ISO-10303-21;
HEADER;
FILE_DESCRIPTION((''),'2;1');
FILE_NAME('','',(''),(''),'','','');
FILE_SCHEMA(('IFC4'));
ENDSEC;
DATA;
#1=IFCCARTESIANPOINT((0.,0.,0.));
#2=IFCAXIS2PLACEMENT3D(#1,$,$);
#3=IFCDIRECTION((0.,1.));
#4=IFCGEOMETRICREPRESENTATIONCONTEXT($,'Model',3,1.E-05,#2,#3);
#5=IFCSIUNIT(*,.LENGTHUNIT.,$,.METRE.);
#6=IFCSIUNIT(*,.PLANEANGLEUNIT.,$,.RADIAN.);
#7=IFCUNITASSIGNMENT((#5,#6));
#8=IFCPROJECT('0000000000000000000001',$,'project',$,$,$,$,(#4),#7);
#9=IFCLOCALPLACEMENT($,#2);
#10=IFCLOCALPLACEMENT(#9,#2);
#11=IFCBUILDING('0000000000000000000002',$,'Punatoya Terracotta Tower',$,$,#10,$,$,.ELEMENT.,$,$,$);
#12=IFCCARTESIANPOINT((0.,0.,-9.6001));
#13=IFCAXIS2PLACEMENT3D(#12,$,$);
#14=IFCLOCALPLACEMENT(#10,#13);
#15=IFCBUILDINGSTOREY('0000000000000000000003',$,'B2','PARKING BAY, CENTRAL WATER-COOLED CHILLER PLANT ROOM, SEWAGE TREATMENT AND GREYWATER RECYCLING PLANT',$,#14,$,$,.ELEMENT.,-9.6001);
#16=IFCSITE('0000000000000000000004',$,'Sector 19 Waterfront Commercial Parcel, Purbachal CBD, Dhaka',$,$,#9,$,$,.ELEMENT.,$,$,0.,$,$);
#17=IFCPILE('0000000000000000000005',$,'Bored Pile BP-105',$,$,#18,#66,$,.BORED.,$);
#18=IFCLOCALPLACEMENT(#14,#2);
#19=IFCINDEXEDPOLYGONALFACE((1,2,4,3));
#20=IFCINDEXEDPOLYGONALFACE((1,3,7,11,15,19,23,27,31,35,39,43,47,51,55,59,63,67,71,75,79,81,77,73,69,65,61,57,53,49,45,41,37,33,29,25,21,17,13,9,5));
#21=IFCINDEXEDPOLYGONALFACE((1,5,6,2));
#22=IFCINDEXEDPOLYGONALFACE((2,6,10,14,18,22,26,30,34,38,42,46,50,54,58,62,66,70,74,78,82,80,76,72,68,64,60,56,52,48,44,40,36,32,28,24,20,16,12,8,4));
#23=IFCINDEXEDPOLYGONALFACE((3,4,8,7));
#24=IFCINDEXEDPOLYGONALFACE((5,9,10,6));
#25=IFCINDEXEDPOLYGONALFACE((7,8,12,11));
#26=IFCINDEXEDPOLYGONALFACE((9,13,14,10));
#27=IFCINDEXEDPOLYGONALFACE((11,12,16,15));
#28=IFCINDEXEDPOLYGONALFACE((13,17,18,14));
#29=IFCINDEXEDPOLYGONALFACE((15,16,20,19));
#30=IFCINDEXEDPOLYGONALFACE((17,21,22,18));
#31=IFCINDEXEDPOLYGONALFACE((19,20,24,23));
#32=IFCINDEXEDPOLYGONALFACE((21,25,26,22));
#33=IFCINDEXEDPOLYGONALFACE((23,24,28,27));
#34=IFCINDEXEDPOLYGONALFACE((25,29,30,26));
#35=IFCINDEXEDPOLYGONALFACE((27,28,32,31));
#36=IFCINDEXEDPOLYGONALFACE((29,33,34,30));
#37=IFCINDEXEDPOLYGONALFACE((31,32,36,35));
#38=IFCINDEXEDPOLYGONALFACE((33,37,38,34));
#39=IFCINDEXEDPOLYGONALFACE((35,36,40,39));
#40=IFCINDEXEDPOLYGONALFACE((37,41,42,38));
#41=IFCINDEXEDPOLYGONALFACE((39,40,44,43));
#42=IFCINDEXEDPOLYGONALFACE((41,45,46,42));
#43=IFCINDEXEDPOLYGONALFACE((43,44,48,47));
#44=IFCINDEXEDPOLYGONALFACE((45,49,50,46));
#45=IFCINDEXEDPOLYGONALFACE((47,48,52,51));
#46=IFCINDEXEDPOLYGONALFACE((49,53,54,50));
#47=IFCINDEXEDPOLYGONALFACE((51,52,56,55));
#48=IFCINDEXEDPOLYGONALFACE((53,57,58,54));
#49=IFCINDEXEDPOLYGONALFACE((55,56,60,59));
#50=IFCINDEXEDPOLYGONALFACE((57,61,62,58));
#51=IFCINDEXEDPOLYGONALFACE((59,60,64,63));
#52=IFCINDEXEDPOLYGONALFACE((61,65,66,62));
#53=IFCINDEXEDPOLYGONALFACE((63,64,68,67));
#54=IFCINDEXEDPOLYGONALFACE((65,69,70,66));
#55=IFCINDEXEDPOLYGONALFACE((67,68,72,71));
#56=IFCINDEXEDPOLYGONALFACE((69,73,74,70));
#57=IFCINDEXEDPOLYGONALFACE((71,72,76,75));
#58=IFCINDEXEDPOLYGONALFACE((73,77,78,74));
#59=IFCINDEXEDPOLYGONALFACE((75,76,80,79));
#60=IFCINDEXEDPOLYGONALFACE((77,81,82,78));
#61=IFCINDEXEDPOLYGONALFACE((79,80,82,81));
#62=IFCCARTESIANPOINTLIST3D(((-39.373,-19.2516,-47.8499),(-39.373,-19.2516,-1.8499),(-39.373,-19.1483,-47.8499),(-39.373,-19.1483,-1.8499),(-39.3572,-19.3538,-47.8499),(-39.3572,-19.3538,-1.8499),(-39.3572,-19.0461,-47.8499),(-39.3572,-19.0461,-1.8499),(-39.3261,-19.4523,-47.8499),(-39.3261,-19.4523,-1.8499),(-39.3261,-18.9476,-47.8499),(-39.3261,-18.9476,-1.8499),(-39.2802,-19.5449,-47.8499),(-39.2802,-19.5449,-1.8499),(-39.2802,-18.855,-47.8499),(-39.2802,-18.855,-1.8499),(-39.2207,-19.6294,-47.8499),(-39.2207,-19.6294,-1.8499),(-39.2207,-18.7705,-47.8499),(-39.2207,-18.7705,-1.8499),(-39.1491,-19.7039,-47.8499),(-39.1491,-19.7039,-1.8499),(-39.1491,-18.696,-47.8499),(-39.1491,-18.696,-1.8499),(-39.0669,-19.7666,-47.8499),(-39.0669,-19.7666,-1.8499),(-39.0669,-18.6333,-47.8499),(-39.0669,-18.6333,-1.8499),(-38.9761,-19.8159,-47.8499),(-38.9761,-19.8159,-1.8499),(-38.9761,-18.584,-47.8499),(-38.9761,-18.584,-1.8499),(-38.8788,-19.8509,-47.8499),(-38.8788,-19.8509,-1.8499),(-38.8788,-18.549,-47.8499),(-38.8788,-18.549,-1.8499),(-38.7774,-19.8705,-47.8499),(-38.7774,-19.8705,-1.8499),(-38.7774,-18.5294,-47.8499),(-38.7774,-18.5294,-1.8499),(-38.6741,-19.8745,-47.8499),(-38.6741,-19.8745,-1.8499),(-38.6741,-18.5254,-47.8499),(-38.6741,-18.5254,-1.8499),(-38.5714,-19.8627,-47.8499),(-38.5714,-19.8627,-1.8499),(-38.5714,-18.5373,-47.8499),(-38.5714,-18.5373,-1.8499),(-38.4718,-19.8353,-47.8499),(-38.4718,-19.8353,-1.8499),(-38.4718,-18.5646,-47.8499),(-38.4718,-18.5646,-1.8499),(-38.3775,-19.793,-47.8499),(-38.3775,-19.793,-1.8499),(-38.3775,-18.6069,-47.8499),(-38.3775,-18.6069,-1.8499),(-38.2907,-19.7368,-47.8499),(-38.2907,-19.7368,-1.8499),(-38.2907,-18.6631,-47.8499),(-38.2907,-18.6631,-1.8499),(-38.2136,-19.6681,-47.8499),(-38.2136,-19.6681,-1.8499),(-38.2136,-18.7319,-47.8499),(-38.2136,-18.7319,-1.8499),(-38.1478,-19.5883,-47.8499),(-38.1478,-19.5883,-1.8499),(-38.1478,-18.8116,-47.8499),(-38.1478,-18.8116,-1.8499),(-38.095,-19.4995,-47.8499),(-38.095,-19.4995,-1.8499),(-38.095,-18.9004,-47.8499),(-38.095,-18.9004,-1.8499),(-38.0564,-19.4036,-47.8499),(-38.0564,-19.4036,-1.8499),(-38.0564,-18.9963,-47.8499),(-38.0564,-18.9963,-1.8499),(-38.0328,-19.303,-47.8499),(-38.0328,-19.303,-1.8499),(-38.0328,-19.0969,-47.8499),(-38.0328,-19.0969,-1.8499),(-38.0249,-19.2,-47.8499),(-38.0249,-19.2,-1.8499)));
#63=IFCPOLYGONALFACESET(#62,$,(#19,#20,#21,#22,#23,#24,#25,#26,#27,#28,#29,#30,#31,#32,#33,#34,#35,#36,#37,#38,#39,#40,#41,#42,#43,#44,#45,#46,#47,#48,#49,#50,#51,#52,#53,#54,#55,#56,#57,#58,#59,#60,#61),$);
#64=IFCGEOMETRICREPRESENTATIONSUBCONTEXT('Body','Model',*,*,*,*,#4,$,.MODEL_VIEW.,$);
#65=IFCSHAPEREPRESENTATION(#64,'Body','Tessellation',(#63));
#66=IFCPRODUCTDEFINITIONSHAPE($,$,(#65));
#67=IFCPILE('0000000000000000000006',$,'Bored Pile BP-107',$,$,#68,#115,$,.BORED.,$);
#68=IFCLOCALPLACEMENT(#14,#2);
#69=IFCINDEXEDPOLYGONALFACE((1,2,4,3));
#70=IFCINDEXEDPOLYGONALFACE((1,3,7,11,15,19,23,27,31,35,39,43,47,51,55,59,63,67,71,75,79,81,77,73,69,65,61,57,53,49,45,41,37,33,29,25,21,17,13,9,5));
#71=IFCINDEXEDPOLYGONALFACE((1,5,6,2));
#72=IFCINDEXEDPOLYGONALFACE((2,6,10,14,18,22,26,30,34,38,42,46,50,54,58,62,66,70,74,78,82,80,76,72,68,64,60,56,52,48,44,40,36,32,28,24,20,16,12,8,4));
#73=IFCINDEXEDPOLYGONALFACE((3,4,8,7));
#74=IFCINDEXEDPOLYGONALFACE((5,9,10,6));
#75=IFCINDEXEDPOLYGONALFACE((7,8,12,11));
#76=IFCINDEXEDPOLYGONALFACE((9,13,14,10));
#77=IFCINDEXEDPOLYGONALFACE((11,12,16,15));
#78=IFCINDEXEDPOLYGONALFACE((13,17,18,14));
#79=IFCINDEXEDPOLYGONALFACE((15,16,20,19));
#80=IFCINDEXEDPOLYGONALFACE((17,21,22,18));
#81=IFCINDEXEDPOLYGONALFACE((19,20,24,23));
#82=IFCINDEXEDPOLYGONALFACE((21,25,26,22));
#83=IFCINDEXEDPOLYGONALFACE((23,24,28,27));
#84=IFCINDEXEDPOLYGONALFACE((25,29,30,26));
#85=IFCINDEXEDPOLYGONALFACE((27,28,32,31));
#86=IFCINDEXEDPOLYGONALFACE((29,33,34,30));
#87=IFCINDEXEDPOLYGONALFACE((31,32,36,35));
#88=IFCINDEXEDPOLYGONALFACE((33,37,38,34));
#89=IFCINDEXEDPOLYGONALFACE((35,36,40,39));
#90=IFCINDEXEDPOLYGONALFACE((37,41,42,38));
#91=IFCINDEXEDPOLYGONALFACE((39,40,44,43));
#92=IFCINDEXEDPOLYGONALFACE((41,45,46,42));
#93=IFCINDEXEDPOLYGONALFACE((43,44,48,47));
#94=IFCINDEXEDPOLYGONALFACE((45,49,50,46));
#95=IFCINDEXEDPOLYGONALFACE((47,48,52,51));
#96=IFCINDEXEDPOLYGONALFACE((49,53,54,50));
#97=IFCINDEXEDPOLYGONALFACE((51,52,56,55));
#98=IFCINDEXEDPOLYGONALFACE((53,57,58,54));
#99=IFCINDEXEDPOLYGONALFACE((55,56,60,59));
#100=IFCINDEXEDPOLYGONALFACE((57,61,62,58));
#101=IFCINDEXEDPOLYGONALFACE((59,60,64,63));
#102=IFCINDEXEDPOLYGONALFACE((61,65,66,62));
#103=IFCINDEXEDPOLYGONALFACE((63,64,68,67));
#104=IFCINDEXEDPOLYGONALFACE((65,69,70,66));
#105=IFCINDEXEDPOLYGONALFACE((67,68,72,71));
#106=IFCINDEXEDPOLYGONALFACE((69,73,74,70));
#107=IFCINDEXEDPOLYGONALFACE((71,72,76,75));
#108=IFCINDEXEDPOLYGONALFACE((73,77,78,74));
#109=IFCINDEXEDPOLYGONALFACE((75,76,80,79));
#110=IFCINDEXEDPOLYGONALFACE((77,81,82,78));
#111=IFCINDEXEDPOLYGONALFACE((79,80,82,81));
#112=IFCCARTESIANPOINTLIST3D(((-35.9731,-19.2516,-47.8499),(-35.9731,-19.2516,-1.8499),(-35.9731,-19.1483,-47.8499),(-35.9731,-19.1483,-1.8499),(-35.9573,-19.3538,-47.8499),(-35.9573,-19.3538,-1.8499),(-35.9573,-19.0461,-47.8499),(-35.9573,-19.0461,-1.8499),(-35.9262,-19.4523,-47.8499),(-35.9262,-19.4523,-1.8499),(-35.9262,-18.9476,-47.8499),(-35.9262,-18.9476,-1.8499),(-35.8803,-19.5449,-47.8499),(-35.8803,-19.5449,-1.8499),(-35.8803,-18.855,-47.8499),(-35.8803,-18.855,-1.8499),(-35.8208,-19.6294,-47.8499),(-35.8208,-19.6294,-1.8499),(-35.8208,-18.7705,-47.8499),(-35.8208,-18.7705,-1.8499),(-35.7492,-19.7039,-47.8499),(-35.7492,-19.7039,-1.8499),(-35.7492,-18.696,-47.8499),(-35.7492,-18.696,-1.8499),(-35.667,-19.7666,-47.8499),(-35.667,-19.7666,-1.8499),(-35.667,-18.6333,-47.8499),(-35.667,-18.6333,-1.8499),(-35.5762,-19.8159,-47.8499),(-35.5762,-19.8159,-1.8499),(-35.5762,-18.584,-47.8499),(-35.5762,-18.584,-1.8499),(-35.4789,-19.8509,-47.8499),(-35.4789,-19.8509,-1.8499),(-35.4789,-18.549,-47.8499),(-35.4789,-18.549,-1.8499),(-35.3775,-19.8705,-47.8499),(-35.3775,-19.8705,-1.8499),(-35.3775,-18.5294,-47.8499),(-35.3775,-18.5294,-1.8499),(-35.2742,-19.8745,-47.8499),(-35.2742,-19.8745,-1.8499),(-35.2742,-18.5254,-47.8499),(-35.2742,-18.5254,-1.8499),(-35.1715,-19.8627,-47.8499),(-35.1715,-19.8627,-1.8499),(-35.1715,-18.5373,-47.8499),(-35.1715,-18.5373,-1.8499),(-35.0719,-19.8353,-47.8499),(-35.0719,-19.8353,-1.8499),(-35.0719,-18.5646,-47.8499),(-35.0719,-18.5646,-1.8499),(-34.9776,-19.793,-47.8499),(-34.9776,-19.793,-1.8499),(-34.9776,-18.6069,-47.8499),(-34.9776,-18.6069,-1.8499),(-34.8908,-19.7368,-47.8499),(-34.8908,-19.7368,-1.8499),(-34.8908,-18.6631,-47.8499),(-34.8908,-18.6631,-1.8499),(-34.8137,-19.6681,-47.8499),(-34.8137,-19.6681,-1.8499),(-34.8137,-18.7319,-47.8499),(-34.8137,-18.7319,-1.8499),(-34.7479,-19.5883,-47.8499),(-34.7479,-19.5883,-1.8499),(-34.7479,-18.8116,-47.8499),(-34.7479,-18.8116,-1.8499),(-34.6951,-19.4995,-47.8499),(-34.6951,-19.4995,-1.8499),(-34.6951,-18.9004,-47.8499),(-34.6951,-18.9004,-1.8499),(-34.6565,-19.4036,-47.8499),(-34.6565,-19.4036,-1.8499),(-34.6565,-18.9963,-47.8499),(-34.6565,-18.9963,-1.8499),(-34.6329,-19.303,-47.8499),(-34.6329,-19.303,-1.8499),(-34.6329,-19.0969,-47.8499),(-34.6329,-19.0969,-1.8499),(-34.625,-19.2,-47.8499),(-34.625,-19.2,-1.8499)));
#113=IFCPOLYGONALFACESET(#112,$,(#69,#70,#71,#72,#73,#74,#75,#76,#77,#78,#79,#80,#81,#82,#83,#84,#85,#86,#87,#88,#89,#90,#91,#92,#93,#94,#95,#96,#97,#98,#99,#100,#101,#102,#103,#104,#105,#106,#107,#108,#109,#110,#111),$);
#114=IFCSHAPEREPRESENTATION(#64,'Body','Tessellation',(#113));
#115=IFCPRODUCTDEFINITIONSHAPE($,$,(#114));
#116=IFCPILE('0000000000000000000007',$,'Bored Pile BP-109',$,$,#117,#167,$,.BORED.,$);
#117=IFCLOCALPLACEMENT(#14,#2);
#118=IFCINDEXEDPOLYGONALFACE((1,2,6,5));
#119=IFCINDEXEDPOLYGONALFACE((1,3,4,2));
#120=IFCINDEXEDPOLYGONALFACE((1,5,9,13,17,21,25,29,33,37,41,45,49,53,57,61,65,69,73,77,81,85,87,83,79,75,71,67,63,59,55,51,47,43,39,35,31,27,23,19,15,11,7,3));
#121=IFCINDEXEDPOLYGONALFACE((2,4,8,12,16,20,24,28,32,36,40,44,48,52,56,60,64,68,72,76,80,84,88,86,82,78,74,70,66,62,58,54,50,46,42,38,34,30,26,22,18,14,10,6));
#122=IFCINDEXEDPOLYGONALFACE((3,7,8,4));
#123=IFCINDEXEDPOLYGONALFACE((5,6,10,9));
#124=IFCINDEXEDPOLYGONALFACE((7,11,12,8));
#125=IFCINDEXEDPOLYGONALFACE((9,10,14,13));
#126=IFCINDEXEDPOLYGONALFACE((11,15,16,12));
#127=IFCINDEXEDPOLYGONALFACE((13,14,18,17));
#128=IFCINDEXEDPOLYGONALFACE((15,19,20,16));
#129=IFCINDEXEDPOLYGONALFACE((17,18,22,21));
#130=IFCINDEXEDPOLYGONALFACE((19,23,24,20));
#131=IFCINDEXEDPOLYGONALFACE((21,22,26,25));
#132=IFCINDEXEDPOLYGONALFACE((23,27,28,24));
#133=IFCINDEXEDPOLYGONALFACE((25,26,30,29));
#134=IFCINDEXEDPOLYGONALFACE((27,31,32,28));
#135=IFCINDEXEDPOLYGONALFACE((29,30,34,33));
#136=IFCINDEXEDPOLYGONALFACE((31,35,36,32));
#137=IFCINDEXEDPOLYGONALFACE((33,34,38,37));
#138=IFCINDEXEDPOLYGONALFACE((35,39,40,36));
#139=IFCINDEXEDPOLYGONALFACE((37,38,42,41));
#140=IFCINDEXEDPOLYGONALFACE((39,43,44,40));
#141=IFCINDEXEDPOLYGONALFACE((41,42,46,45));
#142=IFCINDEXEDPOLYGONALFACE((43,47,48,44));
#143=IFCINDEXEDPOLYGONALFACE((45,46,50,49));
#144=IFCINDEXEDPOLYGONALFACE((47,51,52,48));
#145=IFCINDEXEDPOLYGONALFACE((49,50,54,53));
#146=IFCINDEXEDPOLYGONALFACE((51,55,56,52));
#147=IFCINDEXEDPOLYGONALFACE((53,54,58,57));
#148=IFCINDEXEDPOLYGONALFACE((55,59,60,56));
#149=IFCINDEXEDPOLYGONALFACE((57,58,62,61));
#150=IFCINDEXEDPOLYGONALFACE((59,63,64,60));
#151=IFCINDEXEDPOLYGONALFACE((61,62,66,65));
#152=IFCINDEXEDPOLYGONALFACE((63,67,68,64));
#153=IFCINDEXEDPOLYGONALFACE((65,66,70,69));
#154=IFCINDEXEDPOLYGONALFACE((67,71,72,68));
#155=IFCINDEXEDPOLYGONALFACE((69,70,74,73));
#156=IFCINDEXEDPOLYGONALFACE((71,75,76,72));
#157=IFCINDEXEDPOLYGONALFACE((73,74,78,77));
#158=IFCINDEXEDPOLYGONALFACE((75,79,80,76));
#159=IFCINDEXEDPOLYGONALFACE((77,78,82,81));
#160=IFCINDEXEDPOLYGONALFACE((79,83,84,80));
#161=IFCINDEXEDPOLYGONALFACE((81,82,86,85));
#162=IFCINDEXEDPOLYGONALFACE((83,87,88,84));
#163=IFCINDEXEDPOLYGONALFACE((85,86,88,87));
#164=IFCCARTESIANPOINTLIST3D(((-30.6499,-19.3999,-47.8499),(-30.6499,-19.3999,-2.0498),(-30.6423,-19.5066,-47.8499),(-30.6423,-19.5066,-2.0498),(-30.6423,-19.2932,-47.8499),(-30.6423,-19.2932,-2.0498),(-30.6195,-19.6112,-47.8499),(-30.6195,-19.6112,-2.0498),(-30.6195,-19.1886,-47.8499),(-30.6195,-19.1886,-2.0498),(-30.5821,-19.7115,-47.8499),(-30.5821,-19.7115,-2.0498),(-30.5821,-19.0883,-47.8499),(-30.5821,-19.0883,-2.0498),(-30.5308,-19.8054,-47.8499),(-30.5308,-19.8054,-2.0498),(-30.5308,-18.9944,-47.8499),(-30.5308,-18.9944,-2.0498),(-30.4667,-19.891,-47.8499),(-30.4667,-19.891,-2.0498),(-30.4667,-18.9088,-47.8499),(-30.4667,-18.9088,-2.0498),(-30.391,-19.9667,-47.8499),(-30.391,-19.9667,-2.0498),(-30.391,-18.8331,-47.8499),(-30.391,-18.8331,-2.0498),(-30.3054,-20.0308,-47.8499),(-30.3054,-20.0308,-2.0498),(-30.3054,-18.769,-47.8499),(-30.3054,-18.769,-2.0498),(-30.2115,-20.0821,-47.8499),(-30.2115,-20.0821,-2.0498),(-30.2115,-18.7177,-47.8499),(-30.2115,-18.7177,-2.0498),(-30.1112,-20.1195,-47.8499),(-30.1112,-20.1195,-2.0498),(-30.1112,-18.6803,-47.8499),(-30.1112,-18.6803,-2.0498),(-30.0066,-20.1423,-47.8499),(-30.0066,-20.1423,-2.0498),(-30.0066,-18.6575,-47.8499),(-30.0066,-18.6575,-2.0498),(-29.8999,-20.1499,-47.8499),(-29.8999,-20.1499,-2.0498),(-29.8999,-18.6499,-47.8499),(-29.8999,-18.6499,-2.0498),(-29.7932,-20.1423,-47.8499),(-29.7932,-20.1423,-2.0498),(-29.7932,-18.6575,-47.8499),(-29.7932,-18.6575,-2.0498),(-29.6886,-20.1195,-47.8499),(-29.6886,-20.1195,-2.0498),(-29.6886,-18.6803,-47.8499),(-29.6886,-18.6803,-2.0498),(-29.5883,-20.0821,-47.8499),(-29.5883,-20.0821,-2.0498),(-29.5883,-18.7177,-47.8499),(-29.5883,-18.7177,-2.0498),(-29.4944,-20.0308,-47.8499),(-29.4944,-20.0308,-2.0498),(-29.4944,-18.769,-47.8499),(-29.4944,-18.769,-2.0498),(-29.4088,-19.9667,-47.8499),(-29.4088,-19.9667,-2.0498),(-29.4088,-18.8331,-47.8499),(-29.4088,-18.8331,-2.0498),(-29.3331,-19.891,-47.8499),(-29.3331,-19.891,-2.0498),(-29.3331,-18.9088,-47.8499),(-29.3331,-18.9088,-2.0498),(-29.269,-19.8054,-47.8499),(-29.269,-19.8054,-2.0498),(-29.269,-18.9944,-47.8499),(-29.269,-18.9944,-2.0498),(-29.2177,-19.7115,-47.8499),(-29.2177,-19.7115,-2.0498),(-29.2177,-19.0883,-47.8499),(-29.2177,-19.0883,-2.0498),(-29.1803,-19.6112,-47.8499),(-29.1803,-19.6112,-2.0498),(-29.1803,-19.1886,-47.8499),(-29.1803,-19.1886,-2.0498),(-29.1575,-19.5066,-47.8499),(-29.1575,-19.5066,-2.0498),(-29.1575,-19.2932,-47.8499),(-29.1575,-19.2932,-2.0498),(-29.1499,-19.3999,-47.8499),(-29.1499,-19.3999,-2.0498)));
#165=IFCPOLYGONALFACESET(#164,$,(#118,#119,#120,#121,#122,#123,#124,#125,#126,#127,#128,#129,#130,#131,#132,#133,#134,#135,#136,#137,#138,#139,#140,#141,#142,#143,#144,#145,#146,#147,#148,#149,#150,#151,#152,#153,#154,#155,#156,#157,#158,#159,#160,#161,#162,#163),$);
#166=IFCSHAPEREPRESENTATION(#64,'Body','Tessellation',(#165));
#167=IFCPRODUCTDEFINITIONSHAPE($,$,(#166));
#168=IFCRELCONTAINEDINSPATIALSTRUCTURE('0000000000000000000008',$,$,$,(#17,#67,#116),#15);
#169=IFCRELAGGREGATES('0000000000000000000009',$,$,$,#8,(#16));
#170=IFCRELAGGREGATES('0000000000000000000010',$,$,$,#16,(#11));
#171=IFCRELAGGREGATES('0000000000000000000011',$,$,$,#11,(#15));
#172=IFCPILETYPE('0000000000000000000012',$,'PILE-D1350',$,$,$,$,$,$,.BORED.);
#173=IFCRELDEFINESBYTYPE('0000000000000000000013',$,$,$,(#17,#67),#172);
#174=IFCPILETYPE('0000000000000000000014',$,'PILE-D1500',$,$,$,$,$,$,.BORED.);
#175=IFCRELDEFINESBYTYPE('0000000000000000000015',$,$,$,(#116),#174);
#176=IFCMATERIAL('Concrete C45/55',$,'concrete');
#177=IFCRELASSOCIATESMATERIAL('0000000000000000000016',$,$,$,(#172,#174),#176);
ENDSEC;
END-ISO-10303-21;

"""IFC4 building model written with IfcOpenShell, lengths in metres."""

from ifc_helpers import new_model, si_unit, direction, frame, origin, origin_2d, place, context, subcontext, project, spatial, circle, extrude, material, material_profile, profile_set, type_object, element, save


model = new_model("IFC4")

# Units and contexts
model_context = context("Model", 3, precision=1e-05, world=origin(), true_north=direction((0.0, 1.0)))
body_context = subcontext(model_context, "Body", "Model", "MODEL_VIEW")
ifc_project = project(units=[si_unit("LENGTHUNIT", "METRE"), si_unit("PLANEANGLEUNIT", "RADIAN")], contexts=[model_context])

# Site, building, storey
site_placement = place(None, origin())
site = spatial("IfcSite", under=ifc_project, at=site_placement, Name="Sector 19 Waterfront Commercial Parcel, Purbachal CBD, Dhaka", CompositionType="ELEMENT", RefElevation=0.0)
building_placement = place(site_placement, origin())
building = spatial("IfcBuilding", under=site, at=building_placement, Name="Punatoya Terracotta Tower", CompositionType="ELEMENT")
storey_placement = place(building_placement, frame((0.0, 0.0, -9.6001)))
storey = spatial("IfcBuildingStorey", under=building, at=storey_placement, Name="B2", Description="PARKING BAY, CENTRAL WATER-COOLED CHILLER PLANT ROOM, SEWAGE TREATMENT AND GREYWATER RECYCLING PLANT", CompositionType="ELEMENT", Elevation=-9.6001)

# Shared definitions
ifc_material_1 = material(Name="Concrete C45/55", Category="concrete")

# Piles
ifc_material_profile_1 = material_profile(ifc_material_1, circle(Radius=0.675, at=origin_2d()))
ifc_profile_set_1 = profile_set([ifc_material_profile_1], Name="Concrete C45/55")
pile_type_1 = type_object("IfcPileType", Name="PILE-D1350", PredefinedType="BORED", material=ifc_profile_set_1)
for number, where, z_axis, x_axis, name in (
    (1, (-38.7, -19.2, -1.8499), (0.0, 0.0, -1.0), (1.0, 0.0, 0.0), "Bored Pile BP-105"),
    (2, (-35.3, -19.2, -1.8499), (0.0, 0.0, -1.0), (1.0, 0.0, 0.0), "Bored Pile BP-107"),
):
    element("IfcPile", number, at=place(storey_placement, frame(where, z_axis=z_axis, x_axis=x_axis)), inside=storey, type_object=pile_type_1, Name=name, PredefinedType="BORED", context=body_context, shape_type="SweptSolid", body=[
        extrude(circle(Radius=0.675, at=origin_2d()), origin(), (0.0, 0.0, 1.0), 46.0),
    ])
ifc_material_profile_2 = material_profile(ifc_material_1, circle(Radius=0.75, at=origin_2d()))
ifc_profile_set_2 = profile_set([ifc_material_profile_2], Name="Concrete C45/55")
pile_type_2 = type_object("IfcPileType", Name="PILE-D1500", PredefinedType="BORED", material=ifc_profile_set_2)
for number, where, z_axis, x_axis, name in (
    (3, (-29.8999, -19.3999, -2.0498), (0.0, 0.0, -1.0), (1.0, 0.0, 0.0), "Bored Pile BP-109"),
):
    element("IfcPile", number, at=place(storey_placement, frame(where, z_axis=z_axis, x_axis=x_axis)), inside=storey, type_object=pile_type_2, Name=name, PredefinedType="BORED", context=body_context, shape_type="SweptSolid", body=[
        extrude(circle(Radius=0.75, at=origin_2d()), origin(), (0.0, 0.0, 1.0), 45.8),
    ])

save(model, "model.ifc")
